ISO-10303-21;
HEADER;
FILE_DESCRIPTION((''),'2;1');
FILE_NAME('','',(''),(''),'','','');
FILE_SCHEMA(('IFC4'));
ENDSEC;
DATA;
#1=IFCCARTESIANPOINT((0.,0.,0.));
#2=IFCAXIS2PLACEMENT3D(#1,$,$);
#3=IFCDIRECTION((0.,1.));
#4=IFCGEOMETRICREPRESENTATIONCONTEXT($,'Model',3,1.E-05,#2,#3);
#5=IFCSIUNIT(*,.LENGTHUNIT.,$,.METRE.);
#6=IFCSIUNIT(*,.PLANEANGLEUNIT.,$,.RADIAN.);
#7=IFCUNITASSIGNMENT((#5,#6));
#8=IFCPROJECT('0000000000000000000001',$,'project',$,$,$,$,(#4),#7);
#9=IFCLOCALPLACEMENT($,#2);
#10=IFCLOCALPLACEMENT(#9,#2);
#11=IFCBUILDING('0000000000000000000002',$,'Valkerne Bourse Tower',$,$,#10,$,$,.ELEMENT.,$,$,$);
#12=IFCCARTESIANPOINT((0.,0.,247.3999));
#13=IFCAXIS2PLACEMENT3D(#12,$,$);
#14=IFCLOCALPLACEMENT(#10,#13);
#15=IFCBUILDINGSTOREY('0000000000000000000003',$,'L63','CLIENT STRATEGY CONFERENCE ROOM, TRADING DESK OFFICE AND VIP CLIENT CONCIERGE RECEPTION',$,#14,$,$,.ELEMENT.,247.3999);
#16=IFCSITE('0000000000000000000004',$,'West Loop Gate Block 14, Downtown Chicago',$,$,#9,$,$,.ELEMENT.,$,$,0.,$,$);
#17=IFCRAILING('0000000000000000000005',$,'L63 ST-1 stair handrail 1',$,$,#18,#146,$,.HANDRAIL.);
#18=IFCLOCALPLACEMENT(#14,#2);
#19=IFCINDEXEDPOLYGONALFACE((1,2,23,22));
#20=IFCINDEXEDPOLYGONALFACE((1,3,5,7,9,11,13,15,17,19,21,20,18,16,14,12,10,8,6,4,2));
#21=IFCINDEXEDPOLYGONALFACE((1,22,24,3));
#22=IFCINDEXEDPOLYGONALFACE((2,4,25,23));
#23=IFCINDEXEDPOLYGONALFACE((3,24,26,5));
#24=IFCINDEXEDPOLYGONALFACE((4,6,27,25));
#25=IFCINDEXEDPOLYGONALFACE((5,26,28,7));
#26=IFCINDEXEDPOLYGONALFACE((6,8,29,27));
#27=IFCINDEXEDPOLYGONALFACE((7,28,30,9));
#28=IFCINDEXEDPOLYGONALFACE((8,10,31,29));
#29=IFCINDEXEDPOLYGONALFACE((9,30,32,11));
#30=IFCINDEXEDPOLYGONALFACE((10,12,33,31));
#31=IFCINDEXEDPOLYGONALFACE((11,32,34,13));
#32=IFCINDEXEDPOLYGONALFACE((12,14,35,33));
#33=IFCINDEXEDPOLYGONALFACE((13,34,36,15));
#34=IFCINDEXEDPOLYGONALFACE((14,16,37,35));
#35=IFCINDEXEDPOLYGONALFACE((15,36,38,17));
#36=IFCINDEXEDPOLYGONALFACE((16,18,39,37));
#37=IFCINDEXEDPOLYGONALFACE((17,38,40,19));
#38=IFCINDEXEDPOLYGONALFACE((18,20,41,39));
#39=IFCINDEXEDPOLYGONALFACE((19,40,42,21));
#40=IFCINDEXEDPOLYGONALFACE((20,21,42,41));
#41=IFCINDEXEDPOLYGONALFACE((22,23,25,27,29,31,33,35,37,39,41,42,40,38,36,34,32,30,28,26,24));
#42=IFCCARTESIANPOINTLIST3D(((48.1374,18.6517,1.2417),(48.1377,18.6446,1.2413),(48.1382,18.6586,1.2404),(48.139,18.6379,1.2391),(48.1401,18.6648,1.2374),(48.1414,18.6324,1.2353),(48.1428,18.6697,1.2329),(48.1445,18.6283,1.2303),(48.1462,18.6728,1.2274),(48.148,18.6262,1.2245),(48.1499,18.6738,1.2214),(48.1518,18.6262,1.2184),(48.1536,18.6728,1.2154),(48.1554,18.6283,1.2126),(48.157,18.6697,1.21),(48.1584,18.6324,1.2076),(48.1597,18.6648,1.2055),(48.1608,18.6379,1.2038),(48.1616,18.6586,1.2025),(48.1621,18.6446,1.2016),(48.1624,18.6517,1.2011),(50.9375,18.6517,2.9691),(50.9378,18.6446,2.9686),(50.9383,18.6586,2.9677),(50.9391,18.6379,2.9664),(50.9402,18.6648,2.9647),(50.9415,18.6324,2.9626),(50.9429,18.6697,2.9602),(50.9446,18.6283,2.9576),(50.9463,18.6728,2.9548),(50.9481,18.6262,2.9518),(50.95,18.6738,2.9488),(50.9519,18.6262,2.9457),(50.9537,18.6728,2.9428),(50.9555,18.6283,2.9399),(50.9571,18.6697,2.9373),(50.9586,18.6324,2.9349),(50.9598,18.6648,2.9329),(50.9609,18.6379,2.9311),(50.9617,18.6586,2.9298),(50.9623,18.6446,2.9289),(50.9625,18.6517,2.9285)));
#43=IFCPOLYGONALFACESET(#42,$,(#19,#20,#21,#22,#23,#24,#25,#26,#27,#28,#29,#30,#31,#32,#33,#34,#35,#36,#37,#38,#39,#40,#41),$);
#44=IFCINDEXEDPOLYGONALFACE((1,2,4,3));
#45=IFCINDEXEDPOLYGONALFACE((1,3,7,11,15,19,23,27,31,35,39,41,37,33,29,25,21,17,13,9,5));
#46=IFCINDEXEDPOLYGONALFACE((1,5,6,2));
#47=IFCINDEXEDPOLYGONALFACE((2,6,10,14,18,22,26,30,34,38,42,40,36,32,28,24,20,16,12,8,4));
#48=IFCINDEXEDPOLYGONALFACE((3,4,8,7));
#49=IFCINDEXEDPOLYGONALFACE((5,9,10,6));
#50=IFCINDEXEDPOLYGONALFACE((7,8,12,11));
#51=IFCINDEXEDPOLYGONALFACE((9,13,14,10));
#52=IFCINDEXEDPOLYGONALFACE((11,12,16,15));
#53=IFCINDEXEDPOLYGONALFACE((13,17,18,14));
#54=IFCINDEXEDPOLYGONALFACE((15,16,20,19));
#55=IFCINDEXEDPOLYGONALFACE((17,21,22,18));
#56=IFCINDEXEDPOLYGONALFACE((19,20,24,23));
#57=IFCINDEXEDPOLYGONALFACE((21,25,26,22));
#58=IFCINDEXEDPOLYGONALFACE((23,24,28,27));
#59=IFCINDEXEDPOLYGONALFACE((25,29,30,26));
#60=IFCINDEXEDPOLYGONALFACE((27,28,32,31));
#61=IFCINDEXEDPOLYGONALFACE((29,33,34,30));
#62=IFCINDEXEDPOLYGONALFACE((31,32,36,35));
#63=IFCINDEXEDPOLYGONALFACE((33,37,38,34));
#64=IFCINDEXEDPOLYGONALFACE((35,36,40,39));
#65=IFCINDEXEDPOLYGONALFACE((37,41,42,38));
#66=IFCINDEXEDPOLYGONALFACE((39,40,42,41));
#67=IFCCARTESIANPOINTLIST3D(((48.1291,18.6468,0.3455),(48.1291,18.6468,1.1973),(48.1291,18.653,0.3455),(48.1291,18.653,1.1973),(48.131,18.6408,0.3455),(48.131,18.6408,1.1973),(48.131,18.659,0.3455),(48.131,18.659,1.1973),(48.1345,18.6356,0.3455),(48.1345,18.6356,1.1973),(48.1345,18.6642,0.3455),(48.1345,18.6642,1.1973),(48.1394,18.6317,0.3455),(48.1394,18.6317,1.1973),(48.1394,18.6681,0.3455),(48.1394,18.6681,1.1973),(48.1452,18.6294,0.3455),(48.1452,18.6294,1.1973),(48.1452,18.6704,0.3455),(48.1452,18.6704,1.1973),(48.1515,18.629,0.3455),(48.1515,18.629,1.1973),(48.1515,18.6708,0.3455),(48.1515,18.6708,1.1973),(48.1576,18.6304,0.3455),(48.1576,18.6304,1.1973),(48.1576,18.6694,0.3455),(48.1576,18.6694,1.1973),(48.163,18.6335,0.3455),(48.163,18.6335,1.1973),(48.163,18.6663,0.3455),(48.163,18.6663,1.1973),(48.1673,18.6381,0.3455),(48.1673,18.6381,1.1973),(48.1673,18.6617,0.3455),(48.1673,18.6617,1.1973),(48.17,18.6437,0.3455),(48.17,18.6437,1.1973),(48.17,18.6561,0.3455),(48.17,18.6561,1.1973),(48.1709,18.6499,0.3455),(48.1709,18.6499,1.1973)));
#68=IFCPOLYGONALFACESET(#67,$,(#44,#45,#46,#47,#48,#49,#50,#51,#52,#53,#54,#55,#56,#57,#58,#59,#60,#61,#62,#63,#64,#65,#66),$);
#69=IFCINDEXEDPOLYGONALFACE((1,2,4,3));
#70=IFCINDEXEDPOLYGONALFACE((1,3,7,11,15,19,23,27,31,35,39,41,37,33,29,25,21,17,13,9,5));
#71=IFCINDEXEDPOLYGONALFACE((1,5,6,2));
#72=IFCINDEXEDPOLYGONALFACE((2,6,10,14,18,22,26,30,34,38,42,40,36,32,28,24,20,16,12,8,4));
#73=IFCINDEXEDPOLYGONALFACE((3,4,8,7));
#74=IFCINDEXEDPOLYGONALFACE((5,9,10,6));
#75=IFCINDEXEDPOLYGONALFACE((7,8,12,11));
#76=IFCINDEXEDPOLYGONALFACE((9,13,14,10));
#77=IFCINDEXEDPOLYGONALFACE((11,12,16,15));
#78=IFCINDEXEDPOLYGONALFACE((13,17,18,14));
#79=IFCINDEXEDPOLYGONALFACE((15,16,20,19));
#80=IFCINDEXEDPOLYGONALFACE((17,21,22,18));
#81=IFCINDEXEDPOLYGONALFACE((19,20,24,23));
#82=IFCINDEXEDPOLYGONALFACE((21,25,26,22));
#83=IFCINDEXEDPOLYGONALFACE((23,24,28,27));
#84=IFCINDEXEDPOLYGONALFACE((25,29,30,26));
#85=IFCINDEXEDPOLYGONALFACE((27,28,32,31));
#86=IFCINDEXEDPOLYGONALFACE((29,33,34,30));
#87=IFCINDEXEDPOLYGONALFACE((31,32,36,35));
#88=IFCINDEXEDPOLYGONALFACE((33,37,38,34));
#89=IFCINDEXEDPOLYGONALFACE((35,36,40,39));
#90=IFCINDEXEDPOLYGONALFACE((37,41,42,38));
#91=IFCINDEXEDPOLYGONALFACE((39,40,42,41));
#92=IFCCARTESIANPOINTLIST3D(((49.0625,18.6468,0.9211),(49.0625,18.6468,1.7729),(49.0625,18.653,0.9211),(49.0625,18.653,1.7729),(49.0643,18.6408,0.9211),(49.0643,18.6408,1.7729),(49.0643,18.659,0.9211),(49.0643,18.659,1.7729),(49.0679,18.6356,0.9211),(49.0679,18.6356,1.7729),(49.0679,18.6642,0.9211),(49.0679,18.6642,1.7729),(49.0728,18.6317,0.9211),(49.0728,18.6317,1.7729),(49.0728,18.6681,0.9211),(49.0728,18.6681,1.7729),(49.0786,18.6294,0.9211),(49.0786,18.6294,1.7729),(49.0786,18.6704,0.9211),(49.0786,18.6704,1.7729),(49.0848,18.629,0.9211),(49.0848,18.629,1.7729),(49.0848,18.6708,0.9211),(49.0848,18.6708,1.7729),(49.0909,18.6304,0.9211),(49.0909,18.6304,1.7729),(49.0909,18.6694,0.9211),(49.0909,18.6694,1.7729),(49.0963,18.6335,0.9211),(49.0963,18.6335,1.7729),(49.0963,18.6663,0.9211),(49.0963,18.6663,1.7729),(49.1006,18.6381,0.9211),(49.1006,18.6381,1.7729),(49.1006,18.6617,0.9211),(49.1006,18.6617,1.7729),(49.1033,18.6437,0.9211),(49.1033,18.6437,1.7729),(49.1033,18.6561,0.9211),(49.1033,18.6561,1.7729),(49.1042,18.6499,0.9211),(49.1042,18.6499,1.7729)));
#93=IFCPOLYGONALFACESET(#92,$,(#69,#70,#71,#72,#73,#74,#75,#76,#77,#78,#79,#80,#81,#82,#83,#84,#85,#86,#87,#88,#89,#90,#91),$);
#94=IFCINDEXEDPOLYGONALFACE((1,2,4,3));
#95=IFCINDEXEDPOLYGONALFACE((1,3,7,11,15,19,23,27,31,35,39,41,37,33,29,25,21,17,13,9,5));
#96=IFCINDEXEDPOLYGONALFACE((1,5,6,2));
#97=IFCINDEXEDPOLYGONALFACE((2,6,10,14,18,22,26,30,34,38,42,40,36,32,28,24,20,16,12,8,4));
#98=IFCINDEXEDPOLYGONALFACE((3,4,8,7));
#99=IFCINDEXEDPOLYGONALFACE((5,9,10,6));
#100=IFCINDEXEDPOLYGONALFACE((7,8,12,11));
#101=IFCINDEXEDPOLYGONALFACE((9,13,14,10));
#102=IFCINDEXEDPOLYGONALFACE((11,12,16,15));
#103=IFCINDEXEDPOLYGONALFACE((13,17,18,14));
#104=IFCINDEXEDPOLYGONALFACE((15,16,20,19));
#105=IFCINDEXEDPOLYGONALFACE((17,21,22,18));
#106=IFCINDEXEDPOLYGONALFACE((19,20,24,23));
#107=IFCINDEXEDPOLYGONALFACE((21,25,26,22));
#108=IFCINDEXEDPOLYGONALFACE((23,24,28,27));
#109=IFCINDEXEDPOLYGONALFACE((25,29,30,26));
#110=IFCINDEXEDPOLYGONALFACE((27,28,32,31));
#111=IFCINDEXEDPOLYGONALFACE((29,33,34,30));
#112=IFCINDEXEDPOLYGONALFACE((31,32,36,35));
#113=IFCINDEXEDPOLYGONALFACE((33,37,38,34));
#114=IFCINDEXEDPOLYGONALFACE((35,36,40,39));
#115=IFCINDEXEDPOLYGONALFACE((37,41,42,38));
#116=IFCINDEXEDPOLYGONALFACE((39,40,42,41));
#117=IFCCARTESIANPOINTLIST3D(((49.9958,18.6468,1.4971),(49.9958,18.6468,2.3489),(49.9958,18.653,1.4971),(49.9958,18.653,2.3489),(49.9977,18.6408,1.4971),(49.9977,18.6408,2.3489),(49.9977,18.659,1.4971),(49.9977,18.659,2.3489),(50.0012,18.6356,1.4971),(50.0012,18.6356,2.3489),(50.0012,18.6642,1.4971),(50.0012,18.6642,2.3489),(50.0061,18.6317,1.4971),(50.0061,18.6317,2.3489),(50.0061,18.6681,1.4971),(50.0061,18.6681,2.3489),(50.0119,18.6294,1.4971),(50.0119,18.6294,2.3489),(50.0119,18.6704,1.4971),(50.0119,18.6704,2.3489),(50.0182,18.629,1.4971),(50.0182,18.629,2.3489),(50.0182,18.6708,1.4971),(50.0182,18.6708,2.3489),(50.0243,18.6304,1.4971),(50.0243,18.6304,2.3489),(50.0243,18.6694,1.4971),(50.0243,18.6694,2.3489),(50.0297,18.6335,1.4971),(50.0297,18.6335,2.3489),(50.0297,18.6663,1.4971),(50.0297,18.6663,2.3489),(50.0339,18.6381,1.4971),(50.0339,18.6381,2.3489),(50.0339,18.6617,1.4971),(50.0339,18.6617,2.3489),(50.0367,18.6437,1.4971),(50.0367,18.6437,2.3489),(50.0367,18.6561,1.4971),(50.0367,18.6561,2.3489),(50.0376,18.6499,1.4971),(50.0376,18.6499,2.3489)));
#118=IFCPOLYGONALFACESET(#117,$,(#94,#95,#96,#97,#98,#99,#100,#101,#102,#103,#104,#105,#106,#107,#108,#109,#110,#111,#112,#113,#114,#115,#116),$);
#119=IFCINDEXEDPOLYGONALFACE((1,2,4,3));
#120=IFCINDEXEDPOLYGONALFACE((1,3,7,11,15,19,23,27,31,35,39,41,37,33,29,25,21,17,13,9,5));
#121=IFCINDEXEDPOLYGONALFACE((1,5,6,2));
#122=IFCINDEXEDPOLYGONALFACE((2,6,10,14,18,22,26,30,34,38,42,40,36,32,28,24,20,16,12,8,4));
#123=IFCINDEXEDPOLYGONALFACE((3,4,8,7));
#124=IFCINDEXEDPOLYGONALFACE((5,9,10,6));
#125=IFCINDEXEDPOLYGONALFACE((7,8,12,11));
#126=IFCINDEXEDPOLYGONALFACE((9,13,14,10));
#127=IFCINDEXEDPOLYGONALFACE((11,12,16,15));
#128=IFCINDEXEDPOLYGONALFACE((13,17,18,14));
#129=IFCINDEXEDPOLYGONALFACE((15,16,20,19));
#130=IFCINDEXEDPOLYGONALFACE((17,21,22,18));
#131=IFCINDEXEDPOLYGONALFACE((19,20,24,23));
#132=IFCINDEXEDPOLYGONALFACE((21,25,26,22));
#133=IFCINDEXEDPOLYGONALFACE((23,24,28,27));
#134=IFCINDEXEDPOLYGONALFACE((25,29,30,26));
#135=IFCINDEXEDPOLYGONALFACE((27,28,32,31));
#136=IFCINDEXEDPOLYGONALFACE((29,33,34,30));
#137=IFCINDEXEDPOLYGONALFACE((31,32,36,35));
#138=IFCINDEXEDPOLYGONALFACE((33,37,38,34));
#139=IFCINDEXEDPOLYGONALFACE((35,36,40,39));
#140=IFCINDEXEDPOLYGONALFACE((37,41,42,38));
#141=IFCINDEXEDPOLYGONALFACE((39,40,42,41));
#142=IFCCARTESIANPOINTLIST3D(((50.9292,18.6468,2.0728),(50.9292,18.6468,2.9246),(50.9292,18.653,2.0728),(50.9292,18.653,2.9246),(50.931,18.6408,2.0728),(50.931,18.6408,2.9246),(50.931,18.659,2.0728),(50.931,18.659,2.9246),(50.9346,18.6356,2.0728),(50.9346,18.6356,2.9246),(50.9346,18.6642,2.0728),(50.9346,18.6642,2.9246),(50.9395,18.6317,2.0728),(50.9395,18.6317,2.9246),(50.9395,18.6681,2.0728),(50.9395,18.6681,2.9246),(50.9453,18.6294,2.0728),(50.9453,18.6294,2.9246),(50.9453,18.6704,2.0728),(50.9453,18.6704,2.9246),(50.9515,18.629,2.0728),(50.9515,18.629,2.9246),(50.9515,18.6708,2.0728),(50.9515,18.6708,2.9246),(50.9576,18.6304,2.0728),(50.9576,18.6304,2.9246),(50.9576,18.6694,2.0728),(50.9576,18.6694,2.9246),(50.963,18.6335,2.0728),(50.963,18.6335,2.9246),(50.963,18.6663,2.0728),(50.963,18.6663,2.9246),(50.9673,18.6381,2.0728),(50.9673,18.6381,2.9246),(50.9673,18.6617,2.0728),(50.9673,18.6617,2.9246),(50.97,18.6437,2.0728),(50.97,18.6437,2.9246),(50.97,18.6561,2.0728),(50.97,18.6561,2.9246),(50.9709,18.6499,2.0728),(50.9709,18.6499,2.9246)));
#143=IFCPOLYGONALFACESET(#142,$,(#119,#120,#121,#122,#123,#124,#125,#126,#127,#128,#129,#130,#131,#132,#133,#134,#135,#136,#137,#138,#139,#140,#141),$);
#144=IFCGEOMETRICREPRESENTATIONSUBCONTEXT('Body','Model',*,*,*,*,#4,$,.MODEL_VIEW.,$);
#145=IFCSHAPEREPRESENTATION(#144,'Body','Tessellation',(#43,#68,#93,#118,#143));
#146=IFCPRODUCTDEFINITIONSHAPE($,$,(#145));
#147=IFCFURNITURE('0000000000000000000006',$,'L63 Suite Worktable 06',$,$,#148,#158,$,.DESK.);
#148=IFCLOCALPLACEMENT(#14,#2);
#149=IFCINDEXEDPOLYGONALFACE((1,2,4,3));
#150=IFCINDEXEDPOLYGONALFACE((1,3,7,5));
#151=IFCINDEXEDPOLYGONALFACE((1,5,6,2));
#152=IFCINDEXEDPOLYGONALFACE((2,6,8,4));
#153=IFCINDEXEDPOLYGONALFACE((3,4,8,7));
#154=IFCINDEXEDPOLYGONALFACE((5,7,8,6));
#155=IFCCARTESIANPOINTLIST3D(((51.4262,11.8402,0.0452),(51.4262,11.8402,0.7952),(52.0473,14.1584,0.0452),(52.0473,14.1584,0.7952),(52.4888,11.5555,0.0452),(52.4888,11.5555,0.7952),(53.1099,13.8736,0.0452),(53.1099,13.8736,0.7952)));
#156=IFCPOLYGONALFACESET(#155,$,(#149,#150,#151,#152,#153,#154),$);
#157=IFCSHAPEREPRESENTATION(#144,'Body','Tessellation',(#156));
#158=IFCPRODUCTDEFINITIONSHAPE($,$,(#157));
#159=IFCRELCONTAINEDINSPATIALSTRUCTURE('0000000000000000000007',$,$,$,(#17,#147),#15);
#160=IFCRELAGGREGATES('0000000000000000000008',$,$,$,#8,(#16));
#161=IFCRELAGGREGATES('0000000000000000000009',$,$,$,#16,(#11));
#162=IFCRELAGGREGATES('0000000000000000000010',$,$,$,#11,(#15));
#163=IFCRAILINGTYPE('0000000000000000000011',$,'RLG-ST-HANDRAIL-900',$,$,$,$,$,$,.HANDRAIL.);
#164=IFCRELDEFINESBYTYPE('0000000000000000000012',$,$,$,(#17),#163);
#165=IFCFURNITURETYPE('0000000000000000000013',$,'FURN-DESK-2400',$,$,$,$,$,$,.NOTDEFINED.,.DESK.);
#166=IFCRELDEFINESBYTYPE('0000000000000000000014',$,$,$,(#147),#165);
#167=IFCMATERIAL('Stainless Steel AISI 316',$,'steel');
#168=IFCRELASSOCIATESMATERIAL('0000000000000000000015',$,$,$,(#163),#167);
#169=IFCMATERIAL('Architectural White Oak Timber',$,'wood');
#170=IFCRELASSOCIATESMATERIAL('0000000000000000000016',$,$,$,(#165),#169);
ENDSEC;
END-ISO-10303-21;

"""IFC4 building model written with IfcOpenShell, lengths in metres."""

from ifc_helpers import new_model, si_unit, direction, frame, origin, origin_2d, place, context, subcontext, project, spatial, rectangle, circle, extrude, material, type_object, element, save


model = new_model("IFC4")

# Units and contexts
model_context = context("Model", 3, precision=1e-05, world=origin(), true_north=direction((0.0, 1.0)))
body_context = subcontext(model_context, "Body", "Model", "MODEL_VIEW")
ifc_project = project(units=[si_unit("LENGTHUNIT", "METRE"), si_unit("PLANEANGLEUNIT", "RADIAN")], contexts=[model_context])

# Site, building, storey
site_placement = place(None, origin())
site = spatial("IfcSite", under=ifc_project, at=site_placement, Name="West Loop Gate Block 14, Downtown Chicago", CompositionType="ELEMENT", RefElevation=0.0)
building_placement = place(site_placement, origin())
building = spatial("IfcBuilding", under=site, at=building_placement, Name="Valkerne Bourse Tower", CompositionType="ELEMENT")
storey_placement = place(building_placement, frame((0.0, 0.0, 247.3999)))
storey = spatial("IfcBuildingStorey", under=building, at=storey_placement, Name="L63", Description="CLIENT STRATEGY CONFERENCE ROOM, TRADING DESK OFFICE AND VIP CLIENT CONCIERGE RECEPTION", CompositionType="ELEMENT", Elevation=247.3999)

# Railing
ifc_material_1 = material(Name="Stainless Steel AISI 316", Category="steel")
railing_type_1 = type_object("IfcRailingType", Name="RLG-ST-HANDRAIL-900", PredefinedType="HANDRAIL", material=ifc_material_1)
railing_1_placement = place(storey_placement, frame((48.1499, 18.6499, 0.3455)))
element("IfcRailing", 1, at=railing_1_placement, inside=storey, type_object=railing_type_1, Name="L63 ST-1 stair handrail 1", PredefinedType="HANDRAIL", context=body_context, shape_type="SweptSolid", body=[
    extrude(circle(Radius=0.0239, at=origin_2d()), frame((0.0, 0.0, 0.876), z_axis=(0.85109, 0.0, 0.52502), x_axis=(0.0, 1.0, 0.0)), (0.0, 0.0, 1.0), 3.29),
    extrude(circle(Radius=0.021, at=origin_2d()), origin(), (0.0, 0.0, 1.0), 0.8518),
    extrude(circle(Radius=0.021, at=origin_2d()), frame((0.9333, 0.0, 0.5757)), (0.0, 0.0, 1.0), 0.8518),
    extrude(circle(Radius=0.021, at=origin_2d()), frame((1.8667, 0.0, 1.1516)), (0.0, 0.0, 1.0), 0.8518),
    extrude(circle(Radius=0.021, at=origin_2d()), frame((2.8, 0.0, 1.7273)), (0.0, 0.0, 1.0), 0.8518),
])

# Furniture
ifc_material_2 = material(Name="Architectural White Oak Timber", Category="wood")
furniture_type = type_object("IfcFurnitureType", Name="FURN-DESK-2400", AssemblyPlace="NOTDEFINED", PredefinedType="DESK", material=ifc_material_2)
furniture_placement = place(storey_placement, frame((52.2681, 12.8569, 0.0452), z_axis=(0.0, 0.0, 1.0), x_axis=(0.258819, 0.965926, 0.0)))
element("IfcFurniture", 2, at=furniture_placement, inside=storey, type_object=furniture_type, Name="L63 Suite Worktable 06", PredefinedType="DESK", context=body_context, shape_type="SweptSolid", body=[
    extrude(rectangle(XDim=2.3999, YDim=1.1001, at=origin_2d()), origin(), (0.0, 0.0, 1.0), 0.75),
])

save(model, "model.ifc")
